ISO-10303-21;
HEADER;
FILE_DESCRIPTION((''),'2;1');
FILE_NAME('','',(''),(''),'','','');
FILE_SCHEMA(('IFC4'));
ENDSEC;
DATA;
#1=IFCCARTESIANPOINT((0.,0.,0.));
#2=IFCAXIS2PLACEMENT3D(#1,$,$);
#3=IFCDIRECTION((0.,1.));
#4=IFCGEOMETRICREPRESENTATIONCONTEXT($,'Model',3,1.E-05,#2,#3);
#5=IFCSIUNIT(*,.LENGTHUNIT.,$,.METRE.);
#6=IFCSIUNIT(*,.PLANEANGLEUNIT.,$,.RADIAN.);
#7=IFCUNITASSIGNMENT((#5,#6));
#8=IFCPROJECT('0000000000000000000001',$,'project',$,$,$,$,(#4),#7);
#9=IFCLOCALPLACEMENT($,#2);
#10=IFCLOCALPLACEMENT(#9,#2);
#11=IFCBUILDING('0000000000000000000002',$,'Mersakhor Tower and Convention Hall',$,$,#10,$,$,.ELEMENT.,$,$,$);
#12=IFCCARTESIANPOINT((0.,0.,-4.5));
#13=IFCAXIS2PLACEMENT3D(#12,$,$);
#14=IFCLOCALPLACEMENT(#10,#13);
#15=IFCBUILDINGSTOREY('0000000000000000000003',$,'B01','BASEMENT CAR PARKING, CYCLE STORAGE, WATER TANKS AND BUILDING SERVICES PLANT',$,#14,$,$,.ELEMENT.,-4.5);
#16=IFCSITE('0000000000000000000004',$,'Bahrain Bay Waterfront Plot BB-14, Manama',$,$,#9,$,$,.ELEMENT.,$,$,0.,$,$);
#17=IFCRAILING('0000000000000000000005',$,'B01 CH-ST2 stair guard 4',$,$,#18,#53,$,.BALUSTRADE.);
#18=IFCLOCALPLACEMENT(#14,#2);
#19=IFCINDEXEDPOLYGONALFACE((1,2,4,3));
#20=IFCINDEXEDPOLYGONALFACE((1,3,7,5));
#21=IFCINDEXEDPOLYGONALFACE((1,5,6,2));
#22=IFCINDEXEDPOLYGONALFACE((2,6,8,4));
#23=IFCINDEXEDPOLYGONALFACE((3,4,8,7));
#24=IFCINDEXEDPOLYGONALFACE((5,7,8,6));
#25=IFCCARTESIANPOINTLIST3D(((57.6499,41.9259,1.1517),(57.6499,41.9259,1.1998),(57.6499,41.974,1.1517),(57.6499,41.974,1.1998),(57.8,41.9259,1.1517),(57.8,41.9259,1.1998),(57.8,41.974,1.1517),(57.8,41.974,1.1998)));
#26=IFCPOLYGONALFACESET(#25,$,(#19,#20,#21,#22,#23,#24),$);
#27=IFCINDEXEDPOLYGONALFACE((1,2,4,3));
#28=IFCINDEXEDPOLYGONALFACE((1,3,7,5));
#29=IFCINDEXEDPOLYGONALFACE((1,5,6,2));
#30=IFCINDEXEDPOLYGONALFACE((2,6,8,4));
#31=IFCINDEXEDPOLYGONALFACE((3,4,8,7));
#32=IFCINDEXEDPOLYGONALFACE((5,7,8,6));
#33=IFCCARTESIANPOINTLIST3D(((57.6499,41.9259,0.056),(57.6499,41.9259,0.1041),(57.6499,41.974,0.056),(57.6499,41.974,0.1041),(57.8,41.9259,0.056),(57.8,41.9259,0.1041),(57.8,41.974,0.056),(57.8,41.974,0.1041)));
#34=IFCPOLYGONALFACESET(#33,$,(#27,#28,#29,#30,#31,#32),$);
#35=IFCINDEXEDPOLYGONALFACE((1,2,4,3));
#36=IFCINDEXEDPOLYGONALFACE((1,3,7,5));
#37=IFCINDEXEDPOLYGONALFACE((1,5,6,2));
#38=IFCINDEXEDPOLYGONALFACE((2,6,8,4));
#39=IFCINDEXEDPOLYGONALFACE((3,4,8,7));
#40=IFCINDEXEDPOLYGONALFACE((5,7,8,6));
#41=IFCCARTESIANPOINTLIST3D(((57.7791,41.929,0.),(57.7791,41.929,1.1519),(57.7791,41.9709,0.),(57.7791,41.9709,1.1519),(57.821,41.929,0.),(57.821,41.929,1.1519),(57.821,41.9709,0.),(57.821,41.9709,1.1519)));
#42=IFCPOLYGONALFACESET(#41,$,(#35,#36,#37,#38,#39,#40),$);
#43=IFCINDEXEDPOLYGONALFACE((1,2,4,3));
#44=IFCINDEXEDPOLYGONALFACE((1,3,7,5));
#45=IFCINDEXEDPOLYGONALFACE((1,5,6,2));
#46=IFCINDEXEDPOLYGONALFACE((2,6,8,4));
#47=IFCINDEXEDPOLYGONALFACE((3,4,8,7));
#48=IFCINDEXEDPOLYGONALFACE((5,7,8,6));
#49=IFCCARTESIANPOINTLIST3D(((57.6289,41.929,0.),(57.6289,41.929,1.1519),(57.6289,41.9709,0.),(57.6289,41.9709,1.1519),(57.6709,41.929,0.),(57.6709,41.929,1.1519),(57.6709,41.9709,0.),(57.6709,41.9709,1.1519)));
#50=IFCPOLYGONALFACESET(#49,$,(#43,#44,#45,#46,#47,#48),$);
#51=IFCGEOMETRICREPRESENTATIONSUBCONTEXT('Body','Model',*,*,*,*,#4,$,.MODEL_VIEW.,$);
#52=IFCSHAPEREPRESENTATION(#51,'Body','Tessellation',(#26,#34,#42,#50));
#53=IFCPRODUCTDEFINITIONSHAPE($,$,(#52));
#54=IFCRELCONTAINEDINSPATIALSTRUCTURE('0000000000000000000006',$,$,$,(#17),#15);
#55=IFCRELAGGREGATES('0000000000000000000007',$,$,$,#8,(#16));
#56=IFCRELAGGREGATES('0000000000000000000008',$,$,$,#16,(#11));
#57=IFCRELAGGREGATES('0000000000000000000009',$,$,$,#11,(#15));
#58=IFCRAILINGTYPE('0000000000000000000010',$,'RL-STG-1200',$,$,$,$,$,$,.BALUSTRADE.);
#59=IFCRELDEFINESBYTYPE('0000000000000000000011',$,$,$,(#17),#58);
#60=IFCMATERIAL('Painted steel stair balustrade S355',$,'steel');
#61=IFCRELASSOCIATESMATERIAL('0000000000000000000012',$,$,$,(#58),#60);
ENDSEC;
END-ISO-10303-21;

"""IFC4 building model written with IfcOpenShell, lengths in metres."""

from ifc_helpers import new_model, si_unit, direction, frame, origin, origin_2d, place, context, subcontext, project, spatial, rectangle, extrude, material, type_object, element, save


model = new_model("IFC4")

# Units and contexts
model_context = context("Model", 3, precision=1e-05, world=origin(), true_north=direction((0.0, 1.0)))
body_context = subcontext(model_context, "Body", "Model", "MODEL_VIEW")
ifc_project = project(units=[si_unit("LENGTHUNIT", "METRE"), si_unit("PLANEANGLEUNIT", "RADIAN")], contexts=[model_context])

# Site, building, storey
site_placement = place(None, origin())
site = spatial("IfcSite", under=ifc_project, at=site_placement, Name="Bahrain Bay Waterfront Plot BB-14, Manama", CompositionType="ELEMENT", RefElevation=0.0)
building_placement = place(site_placement, origin())
building = spatial("IfcBuilding", under=site, at=building_placement, Name="Mersakhor Tower and Convention Hall", CompositionType="ELEMENT")
storey_placement = place(building_placement, frame((0.0, 0.0, -4.5)))
storey = spatial("IfcBuildingStorey", under=building, at=storey_placement, Name="B01", Description="BASEMENT CAR PARKING, CYCLE STORAGE, WATER TANKS AND BUILDING SERVICES PLANT", CompositionType="ELEMENT", Elevation=-4.5)

# Railing
ifc_material_1 = material(Name="Painted steel stair balustrade S355", Category="steel")
railing_type_1 = type_object("IfcRailingType", Name="RL-STG-1200", PredefinedType="BALUSTRADE", material=ifc_material_1)
railing_1_placement = place(storey_placement, frame((57.8, 41.95, 0.0)))
element("IfcRailing", 1, at=railing_1_placement, inside=storey, type_object=railing_type_1, Name="B01 CH-ST2 stair guard 4", PredefinedType="BALUSTRADE", context=body_context, shape_type="SweptSolid", body=[
    extrude(rectangle(XDim=0.0481, YDim=0.0481, at=origin_2d()), frame((0.0, 0.0, 1.1758), z_axis=(-1.0, 0.0, 0.0), x_axis=(0.0, -1.0, 0.0)), (0.0, 0.0, 1.0), 0.1501),
    extrude(rectangle(XDim=0.0481, YDim=0.0481, at=origin_2d()), frame((0.0, 0.0, 0.0801), z_axis=(-1.0, 0.0, 0.0), x_axis=(0.0, -1.0, 0.0)), (0.0, 0.0, 1.0), 0.1501),
    extrude(rectangle(XDim=0.042, YDim=0.042, at=origin_2d()), origin(), (0.0, 0.0, 1.0), 1.1519),
    extrude(rectangle(XDim=0.042, YDim=0.042, at=origin_2d()), frame((-0.1501, 0.0, 0.0)), (0.0, 0.0, 1.0), 1.1519),
])

save(model, "model.ifc")
